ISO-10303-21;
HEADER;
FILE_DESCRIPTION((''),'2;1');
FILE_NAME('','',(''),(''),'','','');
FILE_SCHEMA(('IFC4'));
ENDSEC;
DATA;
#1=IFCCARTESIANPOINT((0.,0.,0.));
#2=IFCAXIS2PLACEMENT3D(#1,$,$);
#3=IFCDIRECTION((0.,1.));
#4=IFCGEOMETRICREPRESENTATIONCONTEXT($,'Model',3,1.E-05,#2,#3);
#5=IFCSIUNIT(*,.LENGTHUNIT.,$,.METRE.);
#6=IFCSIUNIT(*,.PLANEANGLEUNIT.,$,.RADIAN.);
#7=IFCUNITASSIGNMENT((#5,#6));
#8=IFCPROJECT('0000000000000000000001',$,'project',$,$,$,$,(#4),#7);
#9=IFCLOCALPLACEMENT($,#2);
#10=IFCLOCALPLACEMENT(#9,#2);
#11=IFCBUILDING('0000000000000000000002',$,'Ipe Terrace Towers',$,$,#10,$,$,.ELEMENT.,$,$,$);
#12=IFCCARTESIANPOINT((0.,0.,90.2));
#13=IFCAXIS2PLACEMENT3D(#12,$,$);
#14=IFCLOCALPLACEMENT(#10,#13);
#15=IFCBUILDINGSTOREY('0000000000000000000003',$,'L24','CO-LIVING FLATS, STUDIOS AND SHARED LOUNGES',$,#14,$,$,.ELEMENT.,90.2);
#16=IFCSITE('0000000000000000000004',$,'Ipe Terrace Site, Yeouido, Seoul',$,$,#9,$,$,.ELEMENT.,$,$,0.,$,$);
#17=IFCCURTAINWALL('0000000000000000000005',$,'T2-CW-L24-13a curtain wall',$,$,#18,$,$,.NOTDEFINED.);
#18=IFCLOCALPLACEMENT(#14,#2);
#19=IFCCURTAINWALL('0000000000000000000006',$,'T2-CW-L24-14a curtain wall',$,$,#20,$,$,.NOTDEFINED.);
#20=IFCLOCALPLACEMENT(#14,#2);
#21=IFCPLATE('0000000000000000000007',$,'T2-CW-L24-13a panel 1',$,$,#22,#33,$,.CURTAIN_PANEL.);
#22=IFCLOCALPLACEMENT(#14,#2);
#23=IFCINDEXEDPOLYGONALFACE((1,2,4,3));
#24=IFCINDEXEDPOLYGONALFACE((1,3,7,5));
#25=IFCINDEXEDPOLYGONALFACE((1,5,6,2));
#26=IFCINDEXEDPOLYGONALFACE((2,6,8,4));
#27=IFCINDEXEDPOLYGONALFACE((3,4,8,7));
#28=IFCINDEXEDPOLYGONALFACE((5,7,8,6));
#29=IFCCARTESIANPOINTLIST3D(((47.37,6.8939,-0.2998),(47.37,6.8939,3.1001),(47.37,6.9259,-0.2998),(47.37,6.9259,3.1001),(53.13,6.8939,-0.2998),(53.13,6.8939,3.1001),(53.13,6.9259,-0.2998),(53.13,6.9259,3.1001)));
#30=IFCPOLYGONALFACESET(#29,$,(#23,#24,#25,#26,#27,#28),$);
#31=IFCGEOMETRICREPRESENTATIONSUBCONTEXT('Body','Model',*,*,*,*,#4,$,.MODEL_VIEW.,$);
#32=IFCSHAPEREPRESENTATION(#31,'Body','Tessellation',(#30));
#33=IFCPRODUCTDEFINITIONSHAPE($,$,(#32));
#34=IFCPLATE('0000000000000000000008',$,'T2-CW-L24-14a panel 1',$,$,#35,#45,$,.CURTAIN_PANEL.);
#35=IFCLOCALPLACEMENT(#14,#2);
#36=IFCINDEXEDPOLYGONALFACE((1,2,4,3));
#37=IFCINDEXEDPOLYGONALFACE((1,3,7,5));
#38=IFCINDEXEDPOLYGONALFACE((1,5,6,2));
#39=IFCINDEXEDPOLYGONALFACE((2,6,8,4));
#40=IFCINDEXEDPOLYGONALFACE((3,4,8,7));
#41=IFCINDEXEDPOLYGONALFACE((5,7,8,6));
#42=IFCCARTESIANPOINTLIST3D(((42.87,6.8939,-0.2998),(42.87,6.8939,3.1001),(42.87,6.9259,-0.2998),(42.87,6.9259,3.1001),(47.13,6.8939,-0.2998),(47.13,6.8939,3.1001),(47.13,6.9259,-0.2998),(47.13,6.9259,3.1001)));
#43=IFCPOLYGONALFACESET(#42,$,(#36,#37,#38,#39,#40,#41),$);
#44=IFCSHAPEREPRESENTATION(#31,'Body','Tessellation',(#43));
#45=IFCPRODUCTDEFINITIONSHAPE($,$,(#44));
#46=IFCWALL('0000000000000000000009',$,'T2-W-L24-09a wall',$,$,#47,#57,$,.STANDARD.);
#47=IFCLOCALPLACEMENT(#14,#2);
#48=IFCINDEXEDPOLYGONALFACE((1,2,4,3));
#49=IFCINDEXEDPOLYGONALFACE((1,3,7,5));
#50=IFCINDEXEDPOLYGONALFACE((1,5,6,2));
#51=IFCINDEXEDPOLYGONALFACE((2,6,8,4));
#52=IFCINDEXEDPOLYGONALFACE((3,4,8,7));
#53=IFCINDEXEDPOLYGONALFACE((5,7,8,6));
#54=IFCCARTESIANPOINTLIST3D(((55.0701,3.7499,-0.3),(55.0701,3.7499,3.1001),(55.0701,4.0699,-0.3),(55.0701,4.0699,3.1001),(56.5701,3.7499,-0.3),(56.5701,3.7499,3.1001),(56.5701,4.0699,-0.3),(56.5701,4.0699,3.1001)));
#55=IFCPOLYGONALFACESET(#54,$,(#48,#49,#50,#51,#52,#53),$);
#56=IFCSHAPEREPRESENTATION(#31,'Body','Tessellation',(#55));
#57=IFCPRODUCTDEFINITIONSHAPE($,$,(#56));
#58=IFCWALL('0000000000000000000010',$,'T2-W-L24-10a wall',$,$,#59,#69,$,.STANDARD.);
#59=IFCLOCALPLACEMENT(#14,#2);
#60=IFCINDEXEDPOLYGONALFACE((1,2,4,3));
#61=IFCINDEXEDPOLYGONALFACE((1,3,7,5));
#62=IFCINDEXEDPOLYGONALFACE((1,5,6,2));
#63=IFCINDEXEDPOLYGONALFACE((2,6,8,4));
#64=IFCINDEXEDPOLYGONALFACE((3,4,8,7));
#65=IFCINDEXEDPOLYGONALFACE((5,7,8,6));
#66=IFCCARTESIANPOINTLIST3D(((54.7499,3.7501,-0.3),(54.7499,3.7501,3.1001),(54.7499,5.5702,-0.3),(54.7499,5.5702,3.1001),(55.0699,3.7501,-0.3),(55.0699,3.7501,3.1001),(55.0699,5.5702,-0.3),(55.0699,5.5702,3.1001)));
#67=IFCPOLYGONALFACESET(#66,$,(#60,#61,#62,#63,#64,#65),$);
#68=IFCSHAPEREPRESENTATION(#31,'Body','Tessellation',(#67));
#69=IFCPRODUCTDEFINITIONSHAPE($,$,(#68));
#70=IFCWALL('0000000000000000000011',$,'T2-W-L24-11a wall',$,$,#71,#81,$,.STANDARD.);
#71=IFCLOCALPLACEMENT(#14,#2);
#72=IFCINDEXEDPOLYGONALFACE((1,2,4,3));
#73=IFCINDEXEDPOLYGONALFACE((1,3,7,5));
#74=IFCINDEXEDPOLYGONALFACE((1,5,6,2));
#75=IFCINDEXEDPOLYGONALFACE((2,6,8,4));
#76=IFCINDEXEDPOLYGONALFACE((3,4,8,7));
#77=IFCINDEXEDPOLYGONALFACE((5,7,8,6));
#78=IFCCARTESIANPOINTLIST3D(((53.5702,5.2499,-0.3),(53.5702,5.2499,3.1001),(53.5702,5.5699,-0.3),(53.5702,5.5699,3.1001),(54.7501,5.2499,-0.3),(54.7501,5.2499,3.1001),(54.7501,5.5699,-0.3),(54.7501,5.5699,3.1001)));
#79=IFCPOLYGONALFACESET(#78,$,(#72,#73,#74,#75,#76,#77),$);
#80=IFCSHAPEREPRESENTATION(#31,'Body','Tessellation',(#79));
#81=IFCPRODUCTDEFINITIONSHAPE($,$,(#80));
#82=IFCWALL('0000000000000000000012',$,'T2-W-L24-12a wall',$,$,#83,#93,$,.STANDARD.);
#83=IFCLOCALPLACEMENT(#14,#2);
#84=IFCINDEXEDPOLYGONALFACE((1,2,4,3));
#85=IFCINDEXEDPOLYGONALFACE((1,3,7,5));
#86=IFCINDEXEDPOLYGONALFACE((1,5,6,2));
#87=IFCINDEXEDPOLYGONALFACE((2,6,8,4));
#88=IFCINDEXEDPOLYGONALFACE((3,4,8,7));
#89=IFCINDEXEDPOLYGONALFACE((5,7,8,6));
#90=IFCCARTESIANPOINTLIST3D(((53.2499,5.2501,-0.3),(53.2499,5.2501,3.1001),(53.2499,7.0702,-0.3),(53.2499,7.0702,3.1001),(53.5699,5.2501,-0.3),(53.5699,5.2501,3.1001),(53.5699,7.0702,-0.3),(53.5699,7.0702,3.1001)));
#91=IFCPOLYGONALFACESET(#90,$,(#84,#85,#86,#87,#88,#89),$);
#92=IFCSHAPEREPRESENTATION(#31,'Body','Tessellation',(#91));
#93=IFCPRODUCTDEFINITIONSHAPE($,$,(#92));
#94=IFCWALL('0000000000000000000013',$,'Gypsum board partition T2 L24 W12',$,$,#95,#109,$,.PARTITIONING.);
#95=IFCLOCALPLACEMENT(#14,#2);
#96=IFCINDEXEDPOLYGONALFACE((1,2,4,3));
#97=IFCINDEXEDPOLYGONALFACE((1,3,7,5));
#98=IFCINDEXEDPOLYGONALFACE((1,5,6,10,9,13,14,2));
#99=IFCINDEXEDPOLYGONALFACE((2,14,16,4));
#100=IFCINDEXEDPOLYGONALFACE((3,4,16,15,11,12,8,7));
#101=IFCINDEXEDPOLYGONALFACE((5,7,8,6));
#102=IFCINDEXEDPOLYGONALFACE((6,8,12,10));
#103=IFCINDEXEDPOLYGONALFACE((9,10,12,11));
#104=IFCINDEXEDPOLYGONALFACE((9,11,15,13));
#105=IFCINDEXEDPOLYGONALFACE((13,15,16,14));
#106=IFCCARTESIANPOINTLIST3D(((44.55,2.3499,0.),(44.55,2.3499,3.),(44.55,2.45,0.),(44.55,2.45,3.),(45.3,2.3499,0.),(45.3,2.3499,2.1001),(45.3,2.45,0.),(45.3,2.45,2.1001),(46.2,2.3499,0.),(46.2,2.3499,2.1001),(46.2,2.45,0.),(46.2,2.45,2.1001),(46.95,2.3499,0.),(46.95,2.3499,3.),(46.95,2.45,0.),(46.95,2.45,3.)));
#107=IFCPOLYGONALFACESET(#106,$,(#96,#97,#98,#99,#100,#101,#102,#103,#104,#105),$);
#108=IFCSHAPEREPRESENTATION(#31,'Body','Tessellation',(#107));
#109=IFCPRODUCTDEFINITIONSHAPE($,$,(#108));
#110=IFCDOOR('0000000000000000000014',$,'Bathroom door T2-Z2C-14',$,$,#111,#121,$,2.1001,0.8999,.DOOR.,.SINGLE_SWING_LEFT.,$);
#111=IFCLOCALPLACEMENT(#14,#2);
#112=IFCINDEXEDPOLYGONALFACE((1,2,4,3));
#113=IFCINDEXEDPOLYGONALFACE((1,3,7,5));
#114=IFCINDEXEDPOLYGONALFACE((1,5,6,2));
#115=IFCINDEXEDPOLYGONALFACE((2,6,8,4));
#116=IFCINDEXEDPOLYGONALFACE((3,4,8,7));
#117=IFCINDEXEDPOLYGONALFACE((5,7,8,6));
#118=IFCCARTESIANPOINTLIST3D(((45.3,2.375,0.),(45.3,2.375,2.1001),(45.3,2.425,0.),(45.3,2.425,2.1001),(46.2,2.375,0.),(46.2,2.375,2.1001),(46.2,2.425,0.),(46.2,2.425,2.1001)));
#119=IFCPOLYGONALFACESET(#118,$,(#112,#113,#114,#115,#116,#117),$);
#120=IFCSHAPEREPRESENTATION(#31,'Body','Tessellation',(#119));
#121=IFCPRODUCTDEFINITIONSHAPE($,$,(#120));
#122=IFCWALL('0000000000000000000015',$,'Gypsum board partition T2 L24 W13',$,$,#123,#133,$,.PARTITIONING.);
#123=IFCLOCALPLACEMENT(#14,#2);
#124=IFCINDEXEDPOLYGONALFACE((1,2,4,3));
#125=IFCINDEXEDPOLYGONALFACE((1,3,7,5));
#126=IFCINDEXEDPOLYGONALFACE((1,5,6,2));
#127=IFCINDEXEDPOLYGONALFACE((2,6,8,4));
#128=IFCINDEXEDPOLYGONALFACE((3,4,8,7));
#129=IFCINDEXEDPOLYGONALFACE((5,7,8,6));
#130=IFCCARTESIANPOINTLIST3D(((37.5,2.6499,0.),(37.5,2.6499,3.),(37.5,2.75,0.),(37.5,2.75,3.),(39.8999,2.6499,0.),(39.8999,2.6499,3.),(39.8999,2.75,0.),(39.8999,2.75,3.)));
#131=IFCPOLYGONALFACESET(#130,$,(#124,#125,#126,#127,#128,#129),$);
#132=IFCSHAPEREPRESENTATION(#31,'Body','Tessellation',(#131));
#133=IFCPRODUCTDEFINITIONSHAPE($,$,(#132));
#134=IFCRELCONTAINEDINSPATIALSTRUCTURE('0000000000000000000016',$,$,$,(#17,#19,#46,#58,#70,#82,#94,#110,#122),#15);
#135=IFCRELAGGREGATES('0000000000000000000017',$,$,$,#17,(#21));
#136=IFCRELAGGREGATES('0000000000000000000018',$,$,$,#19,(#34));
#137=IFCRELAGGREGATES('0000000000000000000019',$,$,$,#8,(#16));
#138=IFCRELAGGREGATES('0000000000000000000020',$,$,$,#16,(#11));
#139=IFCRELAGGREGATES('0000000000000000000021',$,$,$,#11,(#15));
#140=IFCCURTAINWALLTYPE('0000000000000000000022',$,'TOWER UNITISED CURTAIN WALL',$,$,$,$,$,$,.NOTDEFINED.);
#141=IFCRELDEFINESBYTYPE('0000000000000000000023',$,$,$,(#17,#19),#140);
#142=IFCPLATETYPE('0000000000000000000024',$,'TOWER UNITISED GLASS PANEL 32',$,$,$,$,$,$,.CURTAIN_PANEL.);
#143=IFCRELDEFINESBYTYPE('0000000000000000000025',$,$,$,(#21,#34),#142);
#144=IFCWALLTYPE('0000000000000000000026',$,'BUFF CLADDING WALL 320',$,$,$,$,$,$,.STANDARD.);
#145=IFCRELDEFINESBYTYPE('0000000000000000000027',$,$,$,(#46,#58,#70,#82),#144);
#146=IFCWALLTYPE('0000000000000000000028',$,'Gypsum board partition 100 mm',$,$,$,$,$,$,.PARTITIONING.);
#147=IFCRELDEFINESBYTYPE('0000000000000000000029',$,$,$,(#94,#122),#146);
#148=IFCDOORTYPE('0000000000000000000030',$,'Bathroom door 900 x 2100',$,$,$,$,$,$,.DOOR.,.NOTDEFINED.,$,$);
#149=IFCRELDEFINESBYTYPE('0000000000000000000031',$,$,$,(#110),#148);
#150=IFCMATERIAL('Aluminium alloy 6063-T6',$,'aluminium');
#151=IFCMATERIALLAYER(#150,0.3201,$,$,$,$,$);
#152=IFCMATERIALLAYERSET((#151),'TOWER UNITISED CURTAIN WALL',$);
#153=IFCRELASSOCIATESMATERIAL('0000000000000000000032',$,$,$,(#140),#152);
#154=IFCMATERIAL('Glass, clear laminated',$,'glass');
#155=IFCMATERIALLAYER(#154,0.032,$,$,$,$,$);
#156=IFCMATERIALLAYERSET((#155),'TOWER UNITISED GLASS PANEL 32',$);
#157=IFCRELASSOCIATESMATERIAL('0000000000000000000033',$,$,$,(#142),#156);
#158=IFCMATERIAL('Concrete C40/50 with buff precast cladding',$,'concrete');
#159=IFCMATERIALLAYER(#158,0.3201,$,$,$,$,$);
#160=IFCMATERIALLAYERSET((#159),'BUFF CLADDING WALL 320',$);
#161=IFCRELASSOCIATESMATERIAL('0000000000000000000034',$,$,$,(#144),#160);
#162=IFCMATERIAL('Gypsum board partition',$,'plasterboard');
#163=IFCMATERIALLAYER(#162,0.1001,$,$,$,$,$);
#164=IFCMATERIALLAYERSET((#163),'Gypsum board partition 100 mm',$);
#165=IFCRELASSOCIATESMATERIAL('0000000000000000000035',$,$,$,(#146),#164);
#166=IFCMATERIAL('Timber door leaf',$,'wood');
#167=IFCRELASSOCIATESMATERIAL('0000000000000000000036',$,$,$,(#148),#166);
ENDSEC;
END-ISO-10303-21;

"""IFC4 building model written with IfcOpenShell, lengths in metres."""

from ifc_helpers import new_model, si_unit, direction, frame, frame_2d, origin, origin_2d, place, context, subcontext, project, spatial, rectangle, extrude, material, layer, layer_set, type_object, element, fill, aggregate, save


model = new_model("IFC4")

# Units and contexts
model_context = context("Model", 3, precision=1e-05, world=origin(), true_north=direction((0.0, 1.0)))
body_context = subcontext(model_context, "Body", "Model", "MODEL_VIEW")
ifc_project = project(units=[si_unit("LENGTHUNIT", "METRE"), si_unit("PLANEANGLEUNIT", "RADIAN")], contexts=[model_context])

# Site, building, storey
site_placement = place(None, origin())
site = spatial("IfcSite", under=ifc_project, at=site_placement, Name="Ipe Terrace Site, Yeouido, Seoul", CompositionType="ELEMENT", RefElevation=0.0)
building_placement = place(site_placement, origin())
building = spatial("IfcBuilding", under=site, at=building_placement, Name="Ipe Terrace Towers", CompositionType="ELEMENT")
storey_placement = place(building_placement, frame((0.0, 0.0, 90.2)))
storey = spatial("IfcBuildingStorey", under=building, at=storey_placement, Name="L24", Description="CO-LIVING FLATS, STUDIOS AND SHARED LOUNGES", CompositionType="ELEMENT", Elevation=90.2)

# Shared definitions
ifc_material_1 = material(Name="Aluminium alloy 6063-T6", Category="aluminium")
ifc_layer_1 = layer(ifc_material_1, 0.3201)
ifc_layer_set_1 = layer_set([ifc_layer_1], Name="TOWER UNITISED CURTAIN WALL")
curtain_wall_type = type_object("IfcCurtainWallType", Name="TOWER UNITISED CURTAIN WALL", PredefinedType="NOTDEFINED", material=ifc_layer_set_1)

# Curtain walls
curtain_wall_1_placement = place(storey_placement, origin())
curtain_wall_1 = element("IfcCurtainWall", 1, at=curtain_wall_1_placement, inside=storey, type_object=curtain_wall_type, Name="T2-CW-L24-13a curtain wall", PredefinedType="NOTDEFINED")
curtain_wall_2_placement = place(storey_placement, origin())
curtain_wall_2 = element("IfcCurtainWall", 2, at=curtain_wall_2_placement, inside=storey, type_object=curtain_wall_type, Name="T2-CW-L24-14a curtain wall", PredefinedType="NOTDEFINED")

# Plates
ifc_material_2 = material(Name="Glass, clear laminated", Category="glass")
ifc_layer_2 = layer(ifc_material_2, 0.032)
ifc_layer_set_2 = layer_set([ifc_layer_2], Name="TOWER UNITISED GLASS PANEL 32")
plate_type = type_object("IfcPlateType", Name="TOWER UNITISED GLASS PANEL 32", PredefinedType="CURTAIN_PANEL", material=ifc_layer_set_2)
plate_1_placement = place(storey_placement, frame((50.25, 6.9099, -0.2998), z_axis=(0.0, 0.0, 1.0), x_axis=(-1.0, 0.0, 0.0)))
plate_1 = element("IfcPlate", 3, at=plate_1_placement, type_object=plate_type, Name="T2-CW-L24-13a panel 1", PredefinedType="CURTAIN_PANEL", context=body_context, shape_type="SweptSolid", body=[
    extrude(rectangle(XDim=5.76, YDim=0.032, at=origin_2d()), origin(), (0.0, 0.0, 1.0), 3.3999),
])
aggregate(curtain_wall_1, [plate_1])
plate_2_placement = place(storey_placement, frame((45.0, 6.9099, -0.2998), z_axis=(0.0, 0.0, 1.0), x_axis=(-1.0, 0.0, 0.0)))
plate_2 = element("IfcPlate", 4, at=plate_2_placement, type_object=plate_type, Name="T2-CW-L24-14a panel 1", PredefinedType="CURTAIN_PANEL", context=body_context, shape_type="SweptSolid", body=[
    extrude(rectangle(XDim=4.26, YDim=0.032, at=origin_2d()), origin(), (0.0, 0.0, 1.0), 3.3999),
])
aggregate(curtain_wall_2, [plate_2])

# Walls
ifc_material_3 = material(Name="Concrete C40/50 with buff precast cladding", Category="concrete")
ifc_layer_3 = layer(ifc_material_3, 0.3201)
ifc_layer_set_3 = layer_set([ifc_layer_3], Name="BUFF CLADDING WALL 320")
wall_type_1 = type_object("IfcWallType", Name="BUFF CLADDING WALL 320", PredefinedType="STANDARD", material=ifc_layer_set_3)
wall_1_placement = place(storey_placement, frame((56.5701, 3.9099, -0.3), z_axis=(0.0, 0.0, 1.0), x_axis=(-1.0, 0.0, 0.0)))
element("IfcWall", 5, at=wall_1_placement, inside=storey, type_object=wall_type_1, Name="T2-W-L24-09a wall", PredefinedType="STANDARD", context=body_context, shape_type="SweptSolid", body=[
    extrude(rectangle(XDim=1.5, YDim=0.3201, at=frame_2d((0.75, 0.0))), origin(), (0.0, 0.0, 1.0), 3.4001),
])
wall_2_placement = place(storey_placement, frame((54.9099, 3.75, -0.3), z_axis=(0.0, 0.0, 1.0), x_axis=(0.0, 1.0, 0.0)))
element("IfcWall", 6, at=wall_2_placement, inside=storey, type_object=wall_type_1, Name="T2-W-L24-10a wall", PredefinedType="STANDARD", context=body_context, shape_type="SweptSolid", body=[
    extrude(rectangle(XDim=1.8201, YDim=0.3201, at=frame_2d((0.9102, 0.0))), origin(), (0.0, 0.0, 1.0), 3.4001),
])
wall_3_placement = place(storey_placement, frame((54.75, 5.4099, -0.3), z_axis=(0.0, 0.0, 1.0), x_axis=(-1.0, 0.0, 0.0)))
element("IfcWall", 7, at=wall_3_placement, inside=storey, type_object=wall_type_1, Name="T2-W-L24-11a wall", PredefinedType="STANDARD", context=body_context, shape_type="SweptSolid", body=[
    extrude(rectangle(XDim=1.1799, YDim=0.3201, at=frame_2d((0.5898, 0.0))), origin(), (0.0, 0.0, 1.0), 3.4001),
])
wall_4_placement = place(storey_placement, frame((53.4099, 5.25, -0.3), z_axis=(0.0, 0.0, 1.0), x_axis=(0.0, 1.0, 0.0)))
element("IfcWall", 8, at=wall_4_placement, inside=storey, type_object=wall_type_1, Name="T2-W-L24-12a wall", PredefinedType="STANDARD", context=body_context, shape_type="SweptSolid", body=[
    extrude(rectangle(XDim=1.8201, YDim=0.3201, at=frame_2d((0.9102, 0.0))), origin(), (0.0, 0.0, 1.0), 3.4001),
])

# Wall, opening, door
ifc_material_4 = material(Name="Gypsum board partition", Category="plasterboard")
ifc_layer_4 = layer(ifc_material_4, 0.1001)
ifc_layer_set_4 = layer_set([ifc_layer_4], Name="Gypsum board partition 100 mm")
wall_type_2 = type_object("IfcWallType", Name="Gypsum board partition 100 mm", PredefinedType="PARTITIONING", material=ifc_layer_set_4)
wall_5_placement = place(storey_placement, frame((46.95, 2.3999, 0.0), z_axis=(0.0, 0.0, 1.0), x_axis=(-1.0, 0.0, 0.0)))
wall_5 = element("IfcWall", 9, at=wall_5_placement, inside=storey, type_object=wall_type_2, Name="Gypsum board partition T2 L24 W12", PredefinedType="PARTITIONING", context=body_context, shape_type="SweptSolid", body=[
    extrude(rectangle(XDim=2.3999, YDim=0.1001, at=frame_2d((1.2, 0.0))), origin(), (0.0, 0.0, 1.0), 3.0),
])
opening_1_placement = place(wall_5_placement, frame((0.75, 0.0, 0.0)))
opening_1 = element("IfcOpeningElement", 10, at=opening_1_placement, cuts=wall_5, PredefinedType="OPENING", context=body_context, shape_type="SweptSolid", body=[
    extrude(rectangle(XDim=0.8999, YDim=2.1001, at=frame_2d((0.45, 1.05))), frame((0.0, 0.0601, 0.0), z_axis=(0.0, -1.0, 0.0), x_axis=(1.0, 0.0, 0.0)), (0.0, 0.0, 1.0), 0.1201),
])
ifc_material_5 = material(Name="Timber door leaf", Category="wood")
door_type_1 = type_object("IfcDoorType", Name="Bathroom door 900 x 2100", OperationType="NOTDEFINED", PredefinedType="DOOR", material=ifc_material_5)
door_1_placement = place(opening_1_placement, origin())
door_1 = element("IfcDoor", 11, at=door_1_placement, inside=storey, type_object=door_type_1, Name="Bathroom door T2-Z2C-14", OperationType="SINGLE_SWING_LEFT", OverallHeight=2.1001, OverallWidth=0.8999, PredefinedType="DOOR", context=body_context, shape_type="SweptSolid", body=[
    extrude(rectangle(XDim=0.8999, YDim=2.1001, at=frame_2d((0.45, 1.05))), frame((0.0, 0.0249, 0.0), z_axis=(0.0, -1.0, 0.0), x_axis=(1.0, 0.0, 0.0)), (0.0, 0.0, 1.0), 0.05),
])
fill(opening_1, door_1)

# Wall
wall_6_placement = place(storey_placement, frame((39.8999, 2.7, 0.0), z_axis=(0.0, 0.0, 1.0), x_axis=(-1.0, 0.0, 0.0)))
element("IfcWall", 12, at=wall_6_placement, inside=storey, type_object=wall_type_2, Name="Gypsum board partition T2 L24 W13", PredefinedType="PARTITIONING", context=body_context, shape_type="SweptSolid", body=[
    extrude(rectangle(XDim=2.3999, YDim=0.1001, at=frame_2d((1.2, 0.0))), origin(), (0.0, 0.0, 1.0), 3.0),
])

save(model, "model.ifc")
